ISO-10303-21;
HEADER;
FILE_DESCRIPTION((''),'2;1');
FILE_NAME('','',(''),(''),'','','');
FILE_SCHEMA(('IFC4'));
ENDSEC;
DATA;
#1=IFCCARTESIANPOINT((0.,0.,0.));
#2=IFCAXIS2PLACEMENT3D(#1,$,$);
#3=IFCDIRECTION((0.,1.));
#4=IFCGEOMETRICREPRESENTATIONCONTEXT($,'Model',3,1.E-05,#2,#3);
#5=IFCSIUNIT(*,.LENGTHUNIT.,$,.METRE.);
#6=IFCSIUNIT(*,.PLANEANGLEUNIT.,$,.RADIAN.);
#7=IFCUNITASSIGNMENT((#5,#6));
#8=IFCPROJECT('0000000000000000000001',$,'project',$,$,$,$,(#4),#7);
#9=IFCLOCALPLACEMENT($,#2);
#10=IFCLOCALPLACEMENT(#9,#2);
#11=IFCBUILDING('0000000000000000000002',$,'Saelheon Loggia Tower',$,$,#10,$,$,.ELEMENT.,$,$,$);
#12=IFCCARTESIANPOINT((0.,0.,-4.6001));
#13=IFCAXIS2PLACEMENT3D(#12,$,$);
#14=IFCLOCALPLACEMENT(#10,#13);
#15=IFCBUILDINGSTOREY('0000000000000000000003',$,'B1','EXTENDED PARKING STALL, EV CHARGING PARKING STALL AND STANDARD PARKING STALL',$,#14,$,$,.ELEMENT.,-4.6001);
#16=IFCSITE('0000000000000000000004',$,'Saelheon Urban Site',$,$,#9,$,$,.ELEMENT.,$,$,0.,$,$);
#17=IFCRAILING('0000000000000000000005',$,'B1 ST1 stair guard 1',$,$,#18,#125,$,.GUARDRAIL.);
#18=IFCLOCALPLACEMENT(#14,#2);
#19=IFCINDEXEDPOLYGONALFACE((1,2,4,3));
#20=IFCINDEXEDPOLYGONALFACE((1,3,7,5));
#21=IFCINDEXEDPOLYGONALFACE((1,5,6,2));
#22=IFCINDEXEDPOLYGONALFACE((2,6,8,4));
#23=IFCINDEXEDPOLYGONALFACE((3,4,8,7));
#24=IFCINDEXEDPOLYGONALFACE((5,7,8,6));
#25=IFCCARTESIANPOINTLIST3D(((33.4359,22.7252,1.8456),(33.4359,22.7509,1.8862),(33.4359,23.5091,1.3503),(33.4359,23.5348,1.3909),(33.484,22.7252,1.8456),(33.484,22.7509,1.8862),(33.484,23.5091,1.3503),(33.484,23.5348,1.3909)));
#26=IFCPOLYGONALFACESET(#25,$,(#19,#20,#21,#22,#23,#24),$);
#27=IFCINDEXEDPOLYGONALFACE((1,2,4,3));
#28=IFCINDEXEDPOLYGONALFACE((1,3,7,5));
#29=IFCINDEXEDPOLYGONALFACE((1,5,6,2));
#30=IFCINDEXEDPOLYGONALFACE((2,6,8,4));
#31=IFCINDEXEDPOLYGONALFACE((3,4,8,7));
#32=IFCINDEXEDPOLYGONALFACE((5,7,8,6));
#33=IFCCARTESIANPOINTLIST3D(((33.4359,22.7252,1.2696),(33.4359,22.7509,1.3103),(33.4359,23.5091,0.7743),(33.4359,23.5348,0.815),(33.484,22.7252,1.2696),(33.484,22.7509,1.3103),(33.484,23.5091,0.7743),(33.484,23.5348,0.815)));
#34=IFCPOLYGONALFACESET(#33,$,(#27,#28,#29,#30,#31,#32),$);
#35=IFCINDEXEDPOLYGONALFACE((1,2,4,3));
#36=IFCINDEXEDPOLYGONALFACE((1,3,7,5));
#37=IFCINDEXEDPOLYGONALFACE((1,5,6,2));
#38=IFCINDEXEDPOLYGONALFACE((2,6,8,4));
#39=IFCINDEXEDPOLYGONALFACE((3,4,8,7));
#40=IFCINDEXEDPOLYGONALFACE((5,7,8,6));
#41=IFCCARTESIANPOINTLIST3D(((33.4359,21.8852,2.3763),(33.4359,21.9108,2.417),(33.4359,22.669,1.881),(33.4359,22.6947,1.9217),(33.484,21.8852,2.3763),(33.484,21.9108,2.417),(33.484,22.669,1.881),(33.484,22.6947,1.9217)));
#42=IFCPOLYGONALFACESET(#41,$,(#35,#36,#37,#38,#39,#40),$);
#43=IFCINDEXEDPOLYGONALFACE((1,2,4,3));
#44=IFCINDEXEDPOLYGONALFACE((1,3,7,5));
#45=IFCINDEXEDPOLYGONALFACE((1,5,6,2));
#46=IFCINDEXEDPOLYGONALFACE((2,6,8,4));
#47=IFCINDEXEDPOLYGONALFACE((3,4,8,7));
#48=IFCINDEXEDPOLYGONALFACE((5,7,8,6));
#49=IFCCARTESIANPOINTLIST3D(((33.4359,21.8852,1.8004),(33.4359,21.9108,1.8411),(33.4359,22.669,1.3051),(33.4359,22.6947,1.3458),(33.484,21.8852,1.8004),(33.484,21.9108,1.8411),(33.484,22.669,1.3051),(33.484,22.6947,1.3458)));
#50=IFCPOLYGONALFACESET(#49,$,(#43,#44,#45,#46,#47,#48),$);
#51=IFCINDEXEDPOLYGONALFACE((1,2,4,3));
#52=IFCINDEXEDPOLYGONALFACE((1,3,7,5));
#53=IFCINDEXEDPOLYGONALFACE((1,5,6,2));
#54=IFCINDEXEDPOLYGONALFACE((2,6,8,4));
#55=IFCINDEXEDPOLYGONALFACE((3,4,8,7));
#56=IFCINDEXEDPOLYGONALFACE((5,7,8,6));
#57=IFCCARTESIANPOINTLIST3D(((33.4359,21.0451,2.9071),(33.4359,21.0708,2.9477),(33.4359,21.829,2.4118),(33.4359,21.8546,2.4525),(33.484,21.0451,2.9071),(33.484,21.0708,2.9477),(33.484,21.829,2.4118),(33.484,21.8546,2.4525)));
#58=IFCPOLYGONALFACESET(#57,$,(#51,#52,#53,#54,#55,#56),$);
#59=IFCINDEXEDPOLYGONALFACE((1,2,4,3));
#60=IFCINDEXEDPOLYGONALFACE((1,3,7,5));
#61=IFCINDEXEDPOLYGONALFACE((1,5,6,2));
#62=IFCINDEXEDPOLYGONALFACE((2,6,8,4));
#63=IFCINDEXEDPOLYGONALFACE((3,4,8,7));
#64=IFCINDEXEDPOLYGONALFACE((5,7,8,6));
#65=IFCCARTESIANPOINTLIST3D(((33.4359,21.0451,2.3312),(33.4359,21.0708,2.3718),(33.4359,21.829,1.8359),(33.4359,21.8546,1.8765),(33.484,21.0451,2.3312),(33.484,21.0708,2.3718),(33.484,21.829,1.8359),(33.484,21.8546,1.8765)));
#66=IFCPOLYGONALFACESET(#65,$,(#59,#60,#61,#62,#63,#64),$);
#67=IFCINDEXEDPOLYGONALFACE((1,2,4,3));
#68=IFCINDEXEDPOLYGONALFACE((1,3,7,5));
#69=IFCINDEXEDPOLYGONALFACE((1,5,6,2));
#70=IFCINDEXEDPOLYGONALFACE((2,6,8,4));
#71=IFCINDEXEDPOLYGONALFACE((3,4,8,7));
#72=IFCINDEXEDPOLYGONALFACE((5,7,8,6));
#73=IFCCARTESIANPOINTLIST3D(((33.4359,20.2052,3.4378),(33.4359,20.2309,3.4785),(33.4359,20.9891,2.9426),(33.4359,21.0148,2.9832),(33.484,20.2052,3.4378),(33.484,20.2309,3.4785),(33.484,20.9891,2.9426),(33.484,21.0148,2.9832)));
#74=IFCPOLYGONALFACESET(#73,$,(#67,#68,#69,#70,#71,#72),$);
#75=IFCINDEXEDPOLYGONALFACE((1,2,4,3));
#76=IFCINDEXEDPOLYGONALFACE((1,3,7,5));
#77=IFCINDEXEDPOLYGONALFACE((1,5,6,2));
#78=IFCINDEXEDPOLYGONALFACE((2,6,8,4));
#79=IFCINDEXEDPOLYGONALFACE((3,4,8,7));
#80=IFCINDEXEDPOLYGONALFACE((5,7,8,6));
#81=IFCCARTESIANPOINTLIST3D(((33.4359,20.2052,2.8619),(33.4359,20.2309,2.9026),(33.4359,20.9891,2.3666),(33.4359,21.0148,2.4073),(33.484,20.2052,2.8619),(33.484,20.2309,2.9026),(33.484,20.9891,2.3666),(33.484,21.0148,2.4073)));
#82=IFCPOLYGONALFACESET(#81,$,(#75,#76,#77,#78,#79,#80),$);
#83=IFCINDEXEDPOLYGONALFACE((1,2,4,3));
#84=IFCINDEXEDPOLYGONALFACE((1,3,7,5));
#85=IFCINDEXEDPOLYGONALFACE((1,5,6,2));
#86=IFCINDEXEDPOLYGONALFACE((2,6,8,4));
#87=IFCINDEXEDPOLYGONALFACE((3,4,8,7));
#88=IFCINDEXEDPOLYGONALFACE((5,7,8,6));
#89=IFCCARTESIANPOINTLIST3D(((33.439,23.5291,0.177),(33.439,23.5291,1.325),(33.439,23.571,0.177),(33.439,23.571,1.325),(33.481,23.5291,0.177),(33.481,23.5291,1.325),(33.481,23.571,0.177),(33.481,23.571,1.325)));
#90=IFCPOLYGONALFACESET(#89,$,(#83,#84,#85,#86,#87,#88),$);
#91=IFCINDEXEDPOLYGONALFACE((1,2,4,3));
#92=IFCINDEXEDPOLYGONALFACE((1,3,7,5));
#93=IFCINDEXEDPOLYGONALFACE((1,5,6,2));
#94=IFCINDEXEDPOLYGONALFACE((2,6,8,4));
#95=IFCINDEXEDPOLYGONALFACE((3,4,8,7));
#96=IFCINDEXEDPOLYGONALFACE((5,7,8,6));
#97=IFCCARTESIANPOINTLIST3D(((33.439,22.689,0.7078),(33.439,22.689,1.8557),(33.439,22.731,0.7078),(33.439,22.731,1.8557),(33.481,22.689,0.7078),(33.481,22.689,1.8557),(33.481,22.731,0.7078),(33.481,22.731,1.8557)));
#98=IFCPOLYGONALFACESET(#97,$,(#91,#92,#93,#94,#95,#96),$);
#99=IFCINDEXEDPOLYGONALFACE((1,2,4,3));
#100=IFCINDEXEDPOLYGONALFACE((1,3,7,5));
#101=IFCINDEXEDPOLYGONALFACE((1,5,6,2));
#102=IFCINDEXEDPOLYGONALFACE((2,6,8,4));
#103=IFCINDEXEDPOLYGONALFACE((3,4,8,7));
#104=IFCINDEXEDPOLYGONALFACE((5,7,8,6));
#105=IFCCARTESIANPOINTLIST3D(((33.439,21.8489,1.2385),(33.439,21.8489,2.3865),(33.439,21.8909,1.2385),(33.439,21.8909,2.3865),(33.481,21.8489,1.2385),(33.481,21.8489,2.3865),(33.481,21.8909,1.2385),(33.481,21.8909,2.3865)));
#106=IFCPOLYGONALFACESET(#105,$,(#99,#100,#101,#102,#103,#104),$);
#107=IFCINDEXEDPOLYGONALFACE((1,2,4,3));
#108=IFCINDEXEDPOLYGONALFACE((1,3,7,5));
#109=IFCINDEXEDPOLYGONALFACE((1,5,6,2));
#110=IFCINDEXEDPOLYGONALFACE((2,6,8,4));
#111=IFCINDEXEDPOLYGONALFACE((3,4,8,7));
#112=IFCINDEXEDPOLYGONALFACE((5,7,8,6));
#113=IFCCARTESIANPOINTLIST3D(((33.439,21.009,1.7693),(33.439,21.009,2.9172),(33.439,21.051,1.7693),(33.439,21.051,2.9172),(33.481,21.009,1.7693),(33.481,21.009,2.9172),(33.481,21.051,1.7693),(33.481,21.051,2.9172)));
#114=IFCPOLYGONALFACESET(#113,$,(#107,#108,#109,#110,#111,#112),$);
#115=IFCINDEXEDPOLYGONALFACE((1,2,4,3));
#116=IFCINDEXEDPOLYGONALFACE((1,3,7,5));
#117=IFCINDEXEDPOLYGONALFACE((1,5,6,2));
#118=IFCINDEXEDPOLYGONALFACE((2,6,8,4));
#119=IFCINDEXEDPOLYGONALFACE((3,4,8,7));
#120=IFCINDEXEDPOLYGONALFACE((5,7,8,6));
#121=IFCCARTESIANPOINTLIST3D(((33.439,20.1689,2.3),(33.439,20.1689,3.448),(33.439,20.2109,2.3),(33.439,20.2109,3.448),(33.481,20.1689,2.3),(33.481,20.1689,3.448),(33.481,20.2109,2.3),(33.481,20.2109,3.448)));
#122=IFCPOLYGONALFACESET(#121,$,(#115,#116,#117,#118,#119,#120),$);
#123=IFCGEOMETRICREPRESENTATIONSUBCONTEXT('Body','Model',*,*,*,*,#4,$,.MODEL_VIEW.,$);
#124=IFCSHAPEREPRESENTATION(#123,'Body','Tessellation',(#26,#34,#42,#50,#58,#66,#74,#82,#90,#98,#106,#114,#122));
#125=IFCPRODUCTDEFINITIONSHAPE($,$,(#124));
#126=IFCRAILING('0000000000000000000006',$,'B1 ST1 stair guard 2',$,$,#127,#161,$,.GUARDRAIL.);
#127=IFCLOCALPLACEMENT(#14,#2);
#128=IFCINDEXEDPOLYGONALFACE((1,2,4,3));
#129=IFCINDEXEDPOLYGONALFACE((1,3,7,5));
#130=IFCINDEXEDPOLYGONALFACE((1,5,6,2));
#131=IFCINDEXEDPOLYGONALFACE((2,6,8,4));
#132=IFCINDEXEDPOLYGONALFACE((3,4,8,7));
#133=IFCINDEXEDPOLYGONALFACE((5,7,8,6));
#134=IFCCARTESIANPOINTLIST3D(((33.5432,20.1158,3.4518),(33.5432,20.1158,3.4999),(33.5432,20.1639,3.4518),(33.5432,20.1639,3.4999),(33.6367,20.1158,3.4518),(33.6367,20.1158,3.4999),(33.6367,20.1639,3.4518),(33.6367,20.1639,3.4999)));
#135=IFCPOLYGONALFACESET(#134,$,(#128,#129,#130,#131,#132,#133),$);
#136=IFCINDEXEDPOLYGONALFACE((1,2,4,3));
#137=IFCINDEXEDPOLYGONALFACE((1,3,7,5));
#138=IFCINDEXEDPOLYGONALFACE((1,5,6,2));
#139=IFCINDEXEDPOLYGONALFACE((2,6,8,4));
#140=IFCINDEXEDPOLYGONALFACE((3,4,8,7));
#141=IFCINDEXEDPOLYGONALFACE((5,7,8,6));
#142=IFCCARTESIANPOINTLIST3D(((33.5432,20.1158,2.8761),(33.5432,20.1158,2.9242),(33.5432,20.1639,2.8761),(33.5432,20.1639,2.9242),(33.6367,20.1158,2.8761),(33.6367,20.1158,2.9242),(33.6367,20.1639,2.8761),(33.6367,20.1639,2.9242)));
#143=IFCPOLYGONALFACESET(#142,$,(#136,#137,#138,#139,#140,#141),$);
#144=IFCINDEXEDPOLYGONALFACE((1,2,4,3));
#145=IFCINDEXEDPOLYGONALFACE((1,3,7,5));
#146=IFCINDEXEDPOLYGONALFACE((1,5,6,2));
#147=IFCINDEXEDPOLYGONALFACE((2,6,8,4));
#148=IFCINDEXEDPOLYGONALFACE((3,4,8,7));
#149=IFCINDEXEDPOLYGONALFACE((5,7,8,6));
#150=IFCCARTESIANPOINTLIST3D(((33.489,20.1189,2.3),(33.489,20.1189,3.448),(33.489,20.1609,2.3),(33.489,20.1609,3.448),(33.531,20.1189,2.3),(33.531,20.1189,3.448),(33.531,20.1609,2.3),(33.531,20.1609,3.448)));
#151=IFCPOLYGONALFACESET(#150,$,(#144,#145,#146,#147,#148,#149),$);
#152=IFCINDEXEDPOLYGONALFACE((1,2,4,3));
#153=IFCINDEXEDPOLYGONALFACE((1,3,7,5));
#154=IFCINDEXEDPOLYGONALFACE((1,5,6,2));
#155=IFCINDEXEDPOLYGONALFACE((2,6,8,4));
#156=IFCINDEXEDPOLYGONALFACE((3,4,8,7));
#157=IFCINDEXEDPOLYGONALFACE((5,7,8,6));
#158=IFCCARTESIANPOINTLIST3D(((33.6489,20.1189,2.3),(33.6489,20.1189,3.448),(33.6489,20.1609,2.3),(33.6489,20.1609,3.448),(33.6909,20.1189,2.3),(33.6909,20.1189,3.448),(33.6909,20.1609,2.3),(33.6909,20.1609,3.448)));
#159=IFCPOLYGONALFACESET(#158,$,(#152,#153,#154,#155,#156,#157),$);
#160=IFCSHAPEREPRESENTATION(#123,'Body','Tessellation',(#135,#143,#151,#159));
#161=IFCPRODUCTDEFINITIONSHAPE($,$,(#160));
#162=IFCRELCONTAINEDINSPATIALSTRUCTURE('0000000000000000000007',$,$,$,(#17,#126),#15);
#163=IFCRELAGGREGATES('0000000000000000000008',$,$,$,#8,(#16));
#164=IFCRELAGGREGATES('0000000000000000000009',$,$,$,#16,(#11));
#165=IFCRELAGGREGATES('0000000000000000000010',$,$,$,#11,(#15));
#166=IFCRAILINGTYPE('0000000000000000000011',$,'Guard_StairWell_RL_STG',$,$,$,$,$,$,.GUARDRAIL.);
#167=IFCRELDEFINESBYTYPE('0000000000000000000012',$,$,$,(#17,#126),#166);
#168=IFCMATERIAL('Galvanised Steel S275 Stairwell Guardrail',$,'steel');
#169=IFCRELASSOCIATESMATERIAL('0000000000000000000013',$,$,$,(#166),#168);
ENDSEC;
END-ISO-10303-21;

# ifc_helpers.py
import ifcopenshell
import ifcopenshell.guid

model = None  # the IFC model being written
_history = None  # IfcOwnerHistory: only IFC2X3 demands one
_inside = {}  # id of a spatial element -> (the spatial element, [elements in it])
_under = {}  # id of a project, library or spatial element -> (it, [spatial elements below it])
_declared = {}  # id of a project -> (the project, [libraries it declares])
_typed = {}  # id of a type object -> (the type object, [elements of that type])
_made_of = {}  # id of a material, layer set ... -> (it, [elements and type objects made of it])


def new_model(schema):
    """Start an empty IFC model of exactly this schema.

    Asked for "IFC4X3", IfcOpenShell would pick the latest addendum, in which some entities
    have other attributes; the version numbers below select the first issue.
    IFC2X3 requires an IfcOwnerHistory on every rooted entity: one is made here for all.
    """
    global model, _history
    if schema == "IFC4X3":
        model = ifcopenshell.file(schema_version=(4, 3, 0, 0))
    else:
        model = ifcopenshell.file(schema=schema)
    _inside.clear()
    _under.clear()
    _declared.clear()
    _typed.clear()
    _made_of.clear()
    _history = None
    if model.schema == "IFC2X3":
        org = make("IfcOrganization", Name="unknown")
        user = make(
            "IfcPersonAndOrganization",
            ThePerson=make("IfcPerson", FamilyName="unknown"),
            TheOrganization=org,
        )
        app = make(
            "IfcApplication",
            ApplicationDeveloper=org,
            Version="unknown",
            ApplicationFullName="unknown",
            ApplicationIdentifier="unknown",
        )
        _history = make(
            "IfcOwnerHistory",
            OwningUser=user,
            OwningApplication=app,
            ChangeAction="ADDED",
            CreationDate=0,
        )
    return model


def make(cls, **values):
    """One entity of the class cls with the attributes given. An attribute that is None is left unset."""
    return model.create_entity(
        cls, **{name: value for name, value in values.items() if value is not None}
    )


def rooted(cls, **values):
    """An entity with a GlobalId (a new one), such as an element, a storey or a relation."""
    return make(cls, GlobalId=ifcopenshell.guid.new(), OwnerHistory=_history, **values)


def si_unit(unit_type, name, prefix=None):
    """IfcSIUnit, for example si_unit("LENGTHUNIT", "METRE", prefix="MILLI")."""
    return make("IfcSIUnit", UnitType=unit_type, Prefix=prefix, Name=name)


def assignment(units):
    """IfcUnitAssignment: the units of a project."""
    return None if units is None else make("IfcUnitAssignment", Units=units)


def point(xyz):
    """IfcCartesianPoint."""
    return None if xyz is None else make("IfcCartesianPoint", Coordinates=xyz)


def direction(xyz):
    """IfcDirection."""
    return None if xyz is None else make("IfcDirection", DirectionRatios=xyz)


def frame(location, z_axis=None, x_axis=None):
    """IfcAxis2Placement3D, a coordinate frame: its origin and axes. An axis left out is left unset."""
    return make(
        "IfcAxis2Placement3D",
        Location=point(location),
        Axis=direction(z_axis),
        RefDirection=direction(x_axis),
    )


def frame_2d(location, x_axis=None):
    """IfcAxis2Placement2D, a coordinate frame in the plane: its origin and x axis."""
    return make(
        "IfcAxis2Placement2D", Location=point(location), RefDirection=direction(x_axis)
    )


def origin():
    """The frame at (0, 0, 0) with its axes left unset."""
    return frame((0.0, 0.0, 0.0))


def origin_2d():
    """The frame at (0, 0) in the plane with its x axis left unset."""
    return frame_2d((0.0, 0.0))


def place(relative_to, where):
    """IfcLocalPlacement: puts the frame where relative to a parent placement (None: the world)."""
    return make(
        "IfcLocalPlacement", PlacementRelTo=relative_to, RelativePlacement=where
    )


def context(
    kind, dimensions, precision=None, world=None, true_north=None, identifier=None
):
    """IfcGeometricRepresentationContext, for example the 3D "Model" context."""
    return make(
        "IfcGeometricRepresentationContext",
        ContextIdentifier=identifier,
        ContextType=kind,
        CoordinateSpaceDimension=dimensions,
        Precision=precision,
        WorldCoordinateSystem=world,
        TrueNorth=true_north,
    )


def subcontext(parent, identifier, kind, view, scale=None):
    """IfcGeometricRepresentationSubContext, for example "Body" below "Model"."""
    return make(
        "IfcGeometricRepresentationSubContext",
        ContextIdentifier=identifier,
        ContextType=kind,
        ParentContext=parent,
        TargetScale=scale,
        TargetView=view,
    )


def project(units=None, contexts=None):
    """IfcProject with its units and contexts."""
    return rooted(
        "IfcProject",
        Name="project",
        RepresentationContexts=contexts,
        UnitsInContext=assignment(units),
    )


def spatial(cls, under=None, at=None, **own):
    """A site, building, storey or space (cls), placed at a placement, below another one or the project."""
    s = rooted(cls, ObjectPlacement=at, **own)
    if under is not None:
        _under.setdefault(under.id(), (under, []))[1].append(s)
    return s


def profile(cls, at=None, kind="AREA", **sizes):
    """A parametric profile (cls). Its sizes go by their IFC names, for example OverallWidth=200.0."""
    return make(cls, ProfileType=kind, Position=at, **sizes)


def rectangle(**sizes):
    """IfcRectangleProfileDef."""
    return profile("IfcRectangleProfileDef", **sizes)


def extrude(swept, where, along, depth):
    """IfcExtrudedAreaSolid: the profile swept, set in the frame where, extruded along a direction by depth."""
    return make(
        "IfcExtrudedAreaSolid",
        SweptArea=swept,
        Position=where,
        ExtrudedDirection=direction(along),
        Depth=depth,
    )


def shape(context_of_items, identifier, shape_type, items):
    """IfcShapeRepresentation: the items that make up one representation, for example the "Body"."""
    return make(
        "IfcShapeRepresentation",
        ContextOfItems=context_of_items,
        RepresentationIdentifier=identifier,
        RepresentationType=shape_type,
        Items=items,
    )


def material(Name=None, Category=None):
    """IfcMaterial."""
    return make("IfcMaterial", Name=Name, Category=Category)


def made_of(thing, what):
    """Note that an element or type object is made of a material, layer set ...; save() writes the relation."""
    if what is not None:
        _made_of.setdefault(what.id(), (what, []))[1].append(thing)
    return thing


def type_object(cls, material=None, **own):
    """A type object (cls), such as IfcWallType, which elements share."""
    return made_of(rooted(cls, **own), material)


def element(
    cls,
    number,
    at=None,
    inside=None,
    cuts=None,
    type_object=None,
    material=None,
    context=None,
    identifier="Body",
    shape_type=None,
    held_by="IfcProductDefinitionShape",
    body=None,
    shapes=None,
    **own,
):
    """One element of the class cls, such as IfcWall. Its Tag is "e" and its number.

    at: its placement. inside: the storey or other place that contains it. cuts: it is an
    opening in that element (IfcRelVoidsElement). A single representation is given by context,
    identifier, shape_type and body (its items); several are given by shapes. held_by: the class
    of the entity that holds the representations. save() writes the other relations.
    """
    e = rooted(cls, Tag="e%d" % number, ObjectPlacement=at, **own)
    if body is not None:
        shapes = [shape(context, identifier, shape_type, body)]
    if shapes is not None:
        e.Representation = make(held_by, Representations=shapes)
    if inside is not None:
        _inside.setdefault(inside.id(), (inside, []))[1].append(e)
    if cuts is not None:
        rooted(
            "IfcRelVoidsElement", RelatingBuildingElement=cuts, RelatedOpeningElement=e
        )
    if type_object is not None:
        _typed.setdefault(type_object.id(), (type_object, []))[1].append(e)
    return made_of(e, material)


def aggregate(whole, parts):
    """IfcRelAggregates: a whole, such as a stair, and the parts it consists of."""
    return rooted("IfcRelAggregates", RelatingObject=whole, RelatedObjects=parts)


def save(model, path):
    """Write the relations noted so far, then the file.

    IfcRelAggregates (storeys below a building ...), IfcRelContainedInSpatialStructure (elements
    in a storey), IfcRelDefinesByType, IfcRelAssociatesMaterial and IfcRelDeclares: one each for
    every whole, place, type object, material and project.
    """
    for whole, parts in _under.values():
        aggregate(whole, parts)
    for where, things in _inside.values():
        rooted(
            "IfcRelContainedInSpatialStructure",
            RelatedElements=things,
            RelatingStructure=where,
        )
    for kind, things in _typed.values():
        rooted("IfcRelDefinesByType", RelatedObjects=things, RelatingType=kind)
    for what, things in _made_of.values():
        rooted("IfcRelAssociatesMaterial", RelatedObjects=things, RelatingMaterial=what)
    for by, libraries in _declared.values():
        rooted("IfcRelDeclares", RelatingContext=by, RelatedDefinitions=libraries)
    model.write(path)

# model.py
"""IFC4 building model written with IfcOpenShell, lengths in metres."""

from ifc_helpers import new_model, si_unit, direction, frame, origin, origin_2d, place, context, subcontext, project, spatial, rectangle, extrude, material, type_object, element, save


model = new_model("IFC4")

# Units and contexts
model_context = context("Model", 3, precision=1e-05, world=origin(), true_north=direction((0.0, 1.0)))
body_context = subcontext(model_context, "Body", "Model", "MODEL_VIEW")
ifc_project = project(units=[si_unit("LENGTHUNIT", "METRE"), si_unit("PLANEANGLEUNIT", "RADIAN")], contexts=[model_context])

# Site, building, storey
site_placement = place(None, origin())
site = spatial("IfcSite", under=ifc_project, at=site_placement, Name="Saelheon Urban Site", CompositionType="ELEMENT", RefElevation=0.0)
building_placement = place(site_placement, origin())
building = spatial("IfcBuilding", under=site, at=building_placement, Name="Saelheon Loggia Tower", CompositionType="ELEMENT")
storey_placement = place(building_placement, frame((0.0, 0.0, -4.6001)))
storey = spatial("IfcBuildingStorey", under=building, at=storey_placement, Name="B1", Description="EXTENDED PARKING STALL, EV CHARGING PARKING STALL AND STANDARD PARKING STALL", CompositionType="ELEMENT", Elevation=-4.6001)

# Railings
ifc_material_1 = material(Name="Galvanised Steel S275 Stairwell Guardrail", Category="steel")
railing_type_1 = type_object("IfcRailingType", Name="Guard_StairWell_RL_STG", PredefinedType="GUARDRAIL", material=ifc_material_1)
railing_1_placement = place(storey_placement, frame((33.46, 23.55, 0.177)))
element("IfcRailing", 1, at=railing_1_placement, inside=storey, type_object=railing_type_1, Name="B1 ST1 stair guard 1", PredefinedType="GUARDRAIL", context=body_context, shape_type="SweptSolid", body=[
    extrude(rectangle(XDim=0.0481, YDim=0.0481, at=origin_2d()), frame((0.0, -0.0281, 1.1936), z_axis=(0.0, -0.84539, 0.53415), x_axis=(1.0, 0.0, 0.0)), (0.0, 0.0, 1.0), 0.9272),
    extrude(rectangle(XDim=0.0481, YDim=0.0481, at=origin_2d()), frame((0.0, -0.0281, 0.6177), z_axis=(0.0, -0.84539, 0.53415), x_axis=(1.0, 0.0, 0.0)), (0.0, 0.0, 1.0), 0.9272),
    extrude(rectangle(XDim=0.0481, YDim=0.0481, at=origin_2d()), frame((0.0, -0.8682, 1.7244), z_axis=(0.0, -0.84539, 0.53415), x_axis=(1.0, 0.0, 0.0)), (0.0, 0.0, 1.0), 0.9272),
    extrude(rectangle(XDim=0.0481, YDim=0.0481, at=origin_2d()), frame((0.0, -0.8682, 1.1484), z_axis=(0.0, -0.84539, 0.53415), x_axis=(1.0, 0.0, 0.0)), (0.0, 0.0, 1.0), 0.9272),
    extrude(rectangle(XDim=0.0481, YDim=0.0481, at=origin_2d()), frame((0.0, -1.7083, 2.2551), z_axis=(0.0, -0.84539, 0.53415), x_axis=(1.0, 0.0, 0.0)), (0.0, 0.0, 1.0), 0.9272),
    extrude(rectangle(XDim=0.0481, YDim=0.0481, at=origin_2d()), frame((0.0, -1.7083, 1.6792), z_axis=(0.0, -0.84539, 0.53415), x_axis=(1.0, 0.0, 0.0)), (0.0, 0.0, 1.0), 0.9272),
    extrude(rectangle(XDim=0.0481, YDim=0.0481, at=origin_2d()), frame((0.0, -2.5481, 2.7859), z_axis=(0.0, -0.84539, 0.53415), x_axis=(1.0, 0.0, 0.0)), (0.0, 0.0, 1.0), 0.9272),
    extrude(rectangle(XDim=0.0481, YDim=0.0481, at=origin_2d()), frame((0.0, -2.5481, 2.21), z_axis=(0.0, -0.84539, 0.53415), x_axis=(1.0, 0.0, 0.0)), (0.0, 0.0, 1.0), 0.9272),
    extrude(rectangle(XDim=0.042, YDim=0.042, at=origin_2d()), origin(), (0.0, 0.0, 1.0), 1.1479),
    extrude(rectangle(XDim=0.042, YDim=0.042, at=origin_2d()), frame((0.0, -0.8401, 0.5308)), (0.0, 0.0, 1.0), 1.1479),
    extrude(rectangle(XDim=0.042, YDim=0.042, at=origin_2d()), frame((0.0, -1.6802, 1.0615)), (0.0, 0.0, 1.0), 1.1479),
    extrude(rectangle(XDim=0.042, YDim=0.042, at=origin_2d()), frame((0.0, -2.52, 1.5923)), (0.0, 0.0, 1.0), 1.1479),
    extrude(rectangle(XDim=0.042, YDim=0.042, at=origin_2d()), frame((0.0, -3.3601, 2.123)), (0.0, 0.0, 1.0), 1.1479),
])
railing_2_placement = place(storey_placement, frame((33.51, 20.1399, 2.3)))
element("IfcRailing", 2, at=railing_2_placement, inside=storey, type_object=railing_type_1, Name="B1 ST1 stair guard 2", PredefinedType="GUARDRAIL", context=body_context, shape_type="SweptSolid", body=[
    extrude(rectangle(XDim=0.0481, YDim=0.0481, at=origin_2d()), frame((0.0332, 0.0, 1.1758), z_axis=(1.0, 0.0, 0.0), x_axis=(0.0, 1.0, 0.0)), (0.0, 0.0, 1.0), 0.0935),
    extrude(rectangle(XDim=0.0481, YDim=0.0481, at=origin_2d()), frame((0.0332, 0.0, 0.6001), z_axis=(1.0, 0.0, 0.0), x_axis=(0.0, 1.0, 0.0)), (0.0, 0.0, 1.0), 0.0935),
    extrude(rectangle(XDim=0.042, YDim=0.042, at=origin_2d()), origin(), (0.0, 0.0, 1.0), 1.1479),
    extrude(rectangle(XDim=0.042, YDim=0.042, at=origin_2d()), frame((0.1599, 0.0, 0.0)), (0.0, 0.0, 1.0), 1.1479),
])

save(model, "model.ifc")
